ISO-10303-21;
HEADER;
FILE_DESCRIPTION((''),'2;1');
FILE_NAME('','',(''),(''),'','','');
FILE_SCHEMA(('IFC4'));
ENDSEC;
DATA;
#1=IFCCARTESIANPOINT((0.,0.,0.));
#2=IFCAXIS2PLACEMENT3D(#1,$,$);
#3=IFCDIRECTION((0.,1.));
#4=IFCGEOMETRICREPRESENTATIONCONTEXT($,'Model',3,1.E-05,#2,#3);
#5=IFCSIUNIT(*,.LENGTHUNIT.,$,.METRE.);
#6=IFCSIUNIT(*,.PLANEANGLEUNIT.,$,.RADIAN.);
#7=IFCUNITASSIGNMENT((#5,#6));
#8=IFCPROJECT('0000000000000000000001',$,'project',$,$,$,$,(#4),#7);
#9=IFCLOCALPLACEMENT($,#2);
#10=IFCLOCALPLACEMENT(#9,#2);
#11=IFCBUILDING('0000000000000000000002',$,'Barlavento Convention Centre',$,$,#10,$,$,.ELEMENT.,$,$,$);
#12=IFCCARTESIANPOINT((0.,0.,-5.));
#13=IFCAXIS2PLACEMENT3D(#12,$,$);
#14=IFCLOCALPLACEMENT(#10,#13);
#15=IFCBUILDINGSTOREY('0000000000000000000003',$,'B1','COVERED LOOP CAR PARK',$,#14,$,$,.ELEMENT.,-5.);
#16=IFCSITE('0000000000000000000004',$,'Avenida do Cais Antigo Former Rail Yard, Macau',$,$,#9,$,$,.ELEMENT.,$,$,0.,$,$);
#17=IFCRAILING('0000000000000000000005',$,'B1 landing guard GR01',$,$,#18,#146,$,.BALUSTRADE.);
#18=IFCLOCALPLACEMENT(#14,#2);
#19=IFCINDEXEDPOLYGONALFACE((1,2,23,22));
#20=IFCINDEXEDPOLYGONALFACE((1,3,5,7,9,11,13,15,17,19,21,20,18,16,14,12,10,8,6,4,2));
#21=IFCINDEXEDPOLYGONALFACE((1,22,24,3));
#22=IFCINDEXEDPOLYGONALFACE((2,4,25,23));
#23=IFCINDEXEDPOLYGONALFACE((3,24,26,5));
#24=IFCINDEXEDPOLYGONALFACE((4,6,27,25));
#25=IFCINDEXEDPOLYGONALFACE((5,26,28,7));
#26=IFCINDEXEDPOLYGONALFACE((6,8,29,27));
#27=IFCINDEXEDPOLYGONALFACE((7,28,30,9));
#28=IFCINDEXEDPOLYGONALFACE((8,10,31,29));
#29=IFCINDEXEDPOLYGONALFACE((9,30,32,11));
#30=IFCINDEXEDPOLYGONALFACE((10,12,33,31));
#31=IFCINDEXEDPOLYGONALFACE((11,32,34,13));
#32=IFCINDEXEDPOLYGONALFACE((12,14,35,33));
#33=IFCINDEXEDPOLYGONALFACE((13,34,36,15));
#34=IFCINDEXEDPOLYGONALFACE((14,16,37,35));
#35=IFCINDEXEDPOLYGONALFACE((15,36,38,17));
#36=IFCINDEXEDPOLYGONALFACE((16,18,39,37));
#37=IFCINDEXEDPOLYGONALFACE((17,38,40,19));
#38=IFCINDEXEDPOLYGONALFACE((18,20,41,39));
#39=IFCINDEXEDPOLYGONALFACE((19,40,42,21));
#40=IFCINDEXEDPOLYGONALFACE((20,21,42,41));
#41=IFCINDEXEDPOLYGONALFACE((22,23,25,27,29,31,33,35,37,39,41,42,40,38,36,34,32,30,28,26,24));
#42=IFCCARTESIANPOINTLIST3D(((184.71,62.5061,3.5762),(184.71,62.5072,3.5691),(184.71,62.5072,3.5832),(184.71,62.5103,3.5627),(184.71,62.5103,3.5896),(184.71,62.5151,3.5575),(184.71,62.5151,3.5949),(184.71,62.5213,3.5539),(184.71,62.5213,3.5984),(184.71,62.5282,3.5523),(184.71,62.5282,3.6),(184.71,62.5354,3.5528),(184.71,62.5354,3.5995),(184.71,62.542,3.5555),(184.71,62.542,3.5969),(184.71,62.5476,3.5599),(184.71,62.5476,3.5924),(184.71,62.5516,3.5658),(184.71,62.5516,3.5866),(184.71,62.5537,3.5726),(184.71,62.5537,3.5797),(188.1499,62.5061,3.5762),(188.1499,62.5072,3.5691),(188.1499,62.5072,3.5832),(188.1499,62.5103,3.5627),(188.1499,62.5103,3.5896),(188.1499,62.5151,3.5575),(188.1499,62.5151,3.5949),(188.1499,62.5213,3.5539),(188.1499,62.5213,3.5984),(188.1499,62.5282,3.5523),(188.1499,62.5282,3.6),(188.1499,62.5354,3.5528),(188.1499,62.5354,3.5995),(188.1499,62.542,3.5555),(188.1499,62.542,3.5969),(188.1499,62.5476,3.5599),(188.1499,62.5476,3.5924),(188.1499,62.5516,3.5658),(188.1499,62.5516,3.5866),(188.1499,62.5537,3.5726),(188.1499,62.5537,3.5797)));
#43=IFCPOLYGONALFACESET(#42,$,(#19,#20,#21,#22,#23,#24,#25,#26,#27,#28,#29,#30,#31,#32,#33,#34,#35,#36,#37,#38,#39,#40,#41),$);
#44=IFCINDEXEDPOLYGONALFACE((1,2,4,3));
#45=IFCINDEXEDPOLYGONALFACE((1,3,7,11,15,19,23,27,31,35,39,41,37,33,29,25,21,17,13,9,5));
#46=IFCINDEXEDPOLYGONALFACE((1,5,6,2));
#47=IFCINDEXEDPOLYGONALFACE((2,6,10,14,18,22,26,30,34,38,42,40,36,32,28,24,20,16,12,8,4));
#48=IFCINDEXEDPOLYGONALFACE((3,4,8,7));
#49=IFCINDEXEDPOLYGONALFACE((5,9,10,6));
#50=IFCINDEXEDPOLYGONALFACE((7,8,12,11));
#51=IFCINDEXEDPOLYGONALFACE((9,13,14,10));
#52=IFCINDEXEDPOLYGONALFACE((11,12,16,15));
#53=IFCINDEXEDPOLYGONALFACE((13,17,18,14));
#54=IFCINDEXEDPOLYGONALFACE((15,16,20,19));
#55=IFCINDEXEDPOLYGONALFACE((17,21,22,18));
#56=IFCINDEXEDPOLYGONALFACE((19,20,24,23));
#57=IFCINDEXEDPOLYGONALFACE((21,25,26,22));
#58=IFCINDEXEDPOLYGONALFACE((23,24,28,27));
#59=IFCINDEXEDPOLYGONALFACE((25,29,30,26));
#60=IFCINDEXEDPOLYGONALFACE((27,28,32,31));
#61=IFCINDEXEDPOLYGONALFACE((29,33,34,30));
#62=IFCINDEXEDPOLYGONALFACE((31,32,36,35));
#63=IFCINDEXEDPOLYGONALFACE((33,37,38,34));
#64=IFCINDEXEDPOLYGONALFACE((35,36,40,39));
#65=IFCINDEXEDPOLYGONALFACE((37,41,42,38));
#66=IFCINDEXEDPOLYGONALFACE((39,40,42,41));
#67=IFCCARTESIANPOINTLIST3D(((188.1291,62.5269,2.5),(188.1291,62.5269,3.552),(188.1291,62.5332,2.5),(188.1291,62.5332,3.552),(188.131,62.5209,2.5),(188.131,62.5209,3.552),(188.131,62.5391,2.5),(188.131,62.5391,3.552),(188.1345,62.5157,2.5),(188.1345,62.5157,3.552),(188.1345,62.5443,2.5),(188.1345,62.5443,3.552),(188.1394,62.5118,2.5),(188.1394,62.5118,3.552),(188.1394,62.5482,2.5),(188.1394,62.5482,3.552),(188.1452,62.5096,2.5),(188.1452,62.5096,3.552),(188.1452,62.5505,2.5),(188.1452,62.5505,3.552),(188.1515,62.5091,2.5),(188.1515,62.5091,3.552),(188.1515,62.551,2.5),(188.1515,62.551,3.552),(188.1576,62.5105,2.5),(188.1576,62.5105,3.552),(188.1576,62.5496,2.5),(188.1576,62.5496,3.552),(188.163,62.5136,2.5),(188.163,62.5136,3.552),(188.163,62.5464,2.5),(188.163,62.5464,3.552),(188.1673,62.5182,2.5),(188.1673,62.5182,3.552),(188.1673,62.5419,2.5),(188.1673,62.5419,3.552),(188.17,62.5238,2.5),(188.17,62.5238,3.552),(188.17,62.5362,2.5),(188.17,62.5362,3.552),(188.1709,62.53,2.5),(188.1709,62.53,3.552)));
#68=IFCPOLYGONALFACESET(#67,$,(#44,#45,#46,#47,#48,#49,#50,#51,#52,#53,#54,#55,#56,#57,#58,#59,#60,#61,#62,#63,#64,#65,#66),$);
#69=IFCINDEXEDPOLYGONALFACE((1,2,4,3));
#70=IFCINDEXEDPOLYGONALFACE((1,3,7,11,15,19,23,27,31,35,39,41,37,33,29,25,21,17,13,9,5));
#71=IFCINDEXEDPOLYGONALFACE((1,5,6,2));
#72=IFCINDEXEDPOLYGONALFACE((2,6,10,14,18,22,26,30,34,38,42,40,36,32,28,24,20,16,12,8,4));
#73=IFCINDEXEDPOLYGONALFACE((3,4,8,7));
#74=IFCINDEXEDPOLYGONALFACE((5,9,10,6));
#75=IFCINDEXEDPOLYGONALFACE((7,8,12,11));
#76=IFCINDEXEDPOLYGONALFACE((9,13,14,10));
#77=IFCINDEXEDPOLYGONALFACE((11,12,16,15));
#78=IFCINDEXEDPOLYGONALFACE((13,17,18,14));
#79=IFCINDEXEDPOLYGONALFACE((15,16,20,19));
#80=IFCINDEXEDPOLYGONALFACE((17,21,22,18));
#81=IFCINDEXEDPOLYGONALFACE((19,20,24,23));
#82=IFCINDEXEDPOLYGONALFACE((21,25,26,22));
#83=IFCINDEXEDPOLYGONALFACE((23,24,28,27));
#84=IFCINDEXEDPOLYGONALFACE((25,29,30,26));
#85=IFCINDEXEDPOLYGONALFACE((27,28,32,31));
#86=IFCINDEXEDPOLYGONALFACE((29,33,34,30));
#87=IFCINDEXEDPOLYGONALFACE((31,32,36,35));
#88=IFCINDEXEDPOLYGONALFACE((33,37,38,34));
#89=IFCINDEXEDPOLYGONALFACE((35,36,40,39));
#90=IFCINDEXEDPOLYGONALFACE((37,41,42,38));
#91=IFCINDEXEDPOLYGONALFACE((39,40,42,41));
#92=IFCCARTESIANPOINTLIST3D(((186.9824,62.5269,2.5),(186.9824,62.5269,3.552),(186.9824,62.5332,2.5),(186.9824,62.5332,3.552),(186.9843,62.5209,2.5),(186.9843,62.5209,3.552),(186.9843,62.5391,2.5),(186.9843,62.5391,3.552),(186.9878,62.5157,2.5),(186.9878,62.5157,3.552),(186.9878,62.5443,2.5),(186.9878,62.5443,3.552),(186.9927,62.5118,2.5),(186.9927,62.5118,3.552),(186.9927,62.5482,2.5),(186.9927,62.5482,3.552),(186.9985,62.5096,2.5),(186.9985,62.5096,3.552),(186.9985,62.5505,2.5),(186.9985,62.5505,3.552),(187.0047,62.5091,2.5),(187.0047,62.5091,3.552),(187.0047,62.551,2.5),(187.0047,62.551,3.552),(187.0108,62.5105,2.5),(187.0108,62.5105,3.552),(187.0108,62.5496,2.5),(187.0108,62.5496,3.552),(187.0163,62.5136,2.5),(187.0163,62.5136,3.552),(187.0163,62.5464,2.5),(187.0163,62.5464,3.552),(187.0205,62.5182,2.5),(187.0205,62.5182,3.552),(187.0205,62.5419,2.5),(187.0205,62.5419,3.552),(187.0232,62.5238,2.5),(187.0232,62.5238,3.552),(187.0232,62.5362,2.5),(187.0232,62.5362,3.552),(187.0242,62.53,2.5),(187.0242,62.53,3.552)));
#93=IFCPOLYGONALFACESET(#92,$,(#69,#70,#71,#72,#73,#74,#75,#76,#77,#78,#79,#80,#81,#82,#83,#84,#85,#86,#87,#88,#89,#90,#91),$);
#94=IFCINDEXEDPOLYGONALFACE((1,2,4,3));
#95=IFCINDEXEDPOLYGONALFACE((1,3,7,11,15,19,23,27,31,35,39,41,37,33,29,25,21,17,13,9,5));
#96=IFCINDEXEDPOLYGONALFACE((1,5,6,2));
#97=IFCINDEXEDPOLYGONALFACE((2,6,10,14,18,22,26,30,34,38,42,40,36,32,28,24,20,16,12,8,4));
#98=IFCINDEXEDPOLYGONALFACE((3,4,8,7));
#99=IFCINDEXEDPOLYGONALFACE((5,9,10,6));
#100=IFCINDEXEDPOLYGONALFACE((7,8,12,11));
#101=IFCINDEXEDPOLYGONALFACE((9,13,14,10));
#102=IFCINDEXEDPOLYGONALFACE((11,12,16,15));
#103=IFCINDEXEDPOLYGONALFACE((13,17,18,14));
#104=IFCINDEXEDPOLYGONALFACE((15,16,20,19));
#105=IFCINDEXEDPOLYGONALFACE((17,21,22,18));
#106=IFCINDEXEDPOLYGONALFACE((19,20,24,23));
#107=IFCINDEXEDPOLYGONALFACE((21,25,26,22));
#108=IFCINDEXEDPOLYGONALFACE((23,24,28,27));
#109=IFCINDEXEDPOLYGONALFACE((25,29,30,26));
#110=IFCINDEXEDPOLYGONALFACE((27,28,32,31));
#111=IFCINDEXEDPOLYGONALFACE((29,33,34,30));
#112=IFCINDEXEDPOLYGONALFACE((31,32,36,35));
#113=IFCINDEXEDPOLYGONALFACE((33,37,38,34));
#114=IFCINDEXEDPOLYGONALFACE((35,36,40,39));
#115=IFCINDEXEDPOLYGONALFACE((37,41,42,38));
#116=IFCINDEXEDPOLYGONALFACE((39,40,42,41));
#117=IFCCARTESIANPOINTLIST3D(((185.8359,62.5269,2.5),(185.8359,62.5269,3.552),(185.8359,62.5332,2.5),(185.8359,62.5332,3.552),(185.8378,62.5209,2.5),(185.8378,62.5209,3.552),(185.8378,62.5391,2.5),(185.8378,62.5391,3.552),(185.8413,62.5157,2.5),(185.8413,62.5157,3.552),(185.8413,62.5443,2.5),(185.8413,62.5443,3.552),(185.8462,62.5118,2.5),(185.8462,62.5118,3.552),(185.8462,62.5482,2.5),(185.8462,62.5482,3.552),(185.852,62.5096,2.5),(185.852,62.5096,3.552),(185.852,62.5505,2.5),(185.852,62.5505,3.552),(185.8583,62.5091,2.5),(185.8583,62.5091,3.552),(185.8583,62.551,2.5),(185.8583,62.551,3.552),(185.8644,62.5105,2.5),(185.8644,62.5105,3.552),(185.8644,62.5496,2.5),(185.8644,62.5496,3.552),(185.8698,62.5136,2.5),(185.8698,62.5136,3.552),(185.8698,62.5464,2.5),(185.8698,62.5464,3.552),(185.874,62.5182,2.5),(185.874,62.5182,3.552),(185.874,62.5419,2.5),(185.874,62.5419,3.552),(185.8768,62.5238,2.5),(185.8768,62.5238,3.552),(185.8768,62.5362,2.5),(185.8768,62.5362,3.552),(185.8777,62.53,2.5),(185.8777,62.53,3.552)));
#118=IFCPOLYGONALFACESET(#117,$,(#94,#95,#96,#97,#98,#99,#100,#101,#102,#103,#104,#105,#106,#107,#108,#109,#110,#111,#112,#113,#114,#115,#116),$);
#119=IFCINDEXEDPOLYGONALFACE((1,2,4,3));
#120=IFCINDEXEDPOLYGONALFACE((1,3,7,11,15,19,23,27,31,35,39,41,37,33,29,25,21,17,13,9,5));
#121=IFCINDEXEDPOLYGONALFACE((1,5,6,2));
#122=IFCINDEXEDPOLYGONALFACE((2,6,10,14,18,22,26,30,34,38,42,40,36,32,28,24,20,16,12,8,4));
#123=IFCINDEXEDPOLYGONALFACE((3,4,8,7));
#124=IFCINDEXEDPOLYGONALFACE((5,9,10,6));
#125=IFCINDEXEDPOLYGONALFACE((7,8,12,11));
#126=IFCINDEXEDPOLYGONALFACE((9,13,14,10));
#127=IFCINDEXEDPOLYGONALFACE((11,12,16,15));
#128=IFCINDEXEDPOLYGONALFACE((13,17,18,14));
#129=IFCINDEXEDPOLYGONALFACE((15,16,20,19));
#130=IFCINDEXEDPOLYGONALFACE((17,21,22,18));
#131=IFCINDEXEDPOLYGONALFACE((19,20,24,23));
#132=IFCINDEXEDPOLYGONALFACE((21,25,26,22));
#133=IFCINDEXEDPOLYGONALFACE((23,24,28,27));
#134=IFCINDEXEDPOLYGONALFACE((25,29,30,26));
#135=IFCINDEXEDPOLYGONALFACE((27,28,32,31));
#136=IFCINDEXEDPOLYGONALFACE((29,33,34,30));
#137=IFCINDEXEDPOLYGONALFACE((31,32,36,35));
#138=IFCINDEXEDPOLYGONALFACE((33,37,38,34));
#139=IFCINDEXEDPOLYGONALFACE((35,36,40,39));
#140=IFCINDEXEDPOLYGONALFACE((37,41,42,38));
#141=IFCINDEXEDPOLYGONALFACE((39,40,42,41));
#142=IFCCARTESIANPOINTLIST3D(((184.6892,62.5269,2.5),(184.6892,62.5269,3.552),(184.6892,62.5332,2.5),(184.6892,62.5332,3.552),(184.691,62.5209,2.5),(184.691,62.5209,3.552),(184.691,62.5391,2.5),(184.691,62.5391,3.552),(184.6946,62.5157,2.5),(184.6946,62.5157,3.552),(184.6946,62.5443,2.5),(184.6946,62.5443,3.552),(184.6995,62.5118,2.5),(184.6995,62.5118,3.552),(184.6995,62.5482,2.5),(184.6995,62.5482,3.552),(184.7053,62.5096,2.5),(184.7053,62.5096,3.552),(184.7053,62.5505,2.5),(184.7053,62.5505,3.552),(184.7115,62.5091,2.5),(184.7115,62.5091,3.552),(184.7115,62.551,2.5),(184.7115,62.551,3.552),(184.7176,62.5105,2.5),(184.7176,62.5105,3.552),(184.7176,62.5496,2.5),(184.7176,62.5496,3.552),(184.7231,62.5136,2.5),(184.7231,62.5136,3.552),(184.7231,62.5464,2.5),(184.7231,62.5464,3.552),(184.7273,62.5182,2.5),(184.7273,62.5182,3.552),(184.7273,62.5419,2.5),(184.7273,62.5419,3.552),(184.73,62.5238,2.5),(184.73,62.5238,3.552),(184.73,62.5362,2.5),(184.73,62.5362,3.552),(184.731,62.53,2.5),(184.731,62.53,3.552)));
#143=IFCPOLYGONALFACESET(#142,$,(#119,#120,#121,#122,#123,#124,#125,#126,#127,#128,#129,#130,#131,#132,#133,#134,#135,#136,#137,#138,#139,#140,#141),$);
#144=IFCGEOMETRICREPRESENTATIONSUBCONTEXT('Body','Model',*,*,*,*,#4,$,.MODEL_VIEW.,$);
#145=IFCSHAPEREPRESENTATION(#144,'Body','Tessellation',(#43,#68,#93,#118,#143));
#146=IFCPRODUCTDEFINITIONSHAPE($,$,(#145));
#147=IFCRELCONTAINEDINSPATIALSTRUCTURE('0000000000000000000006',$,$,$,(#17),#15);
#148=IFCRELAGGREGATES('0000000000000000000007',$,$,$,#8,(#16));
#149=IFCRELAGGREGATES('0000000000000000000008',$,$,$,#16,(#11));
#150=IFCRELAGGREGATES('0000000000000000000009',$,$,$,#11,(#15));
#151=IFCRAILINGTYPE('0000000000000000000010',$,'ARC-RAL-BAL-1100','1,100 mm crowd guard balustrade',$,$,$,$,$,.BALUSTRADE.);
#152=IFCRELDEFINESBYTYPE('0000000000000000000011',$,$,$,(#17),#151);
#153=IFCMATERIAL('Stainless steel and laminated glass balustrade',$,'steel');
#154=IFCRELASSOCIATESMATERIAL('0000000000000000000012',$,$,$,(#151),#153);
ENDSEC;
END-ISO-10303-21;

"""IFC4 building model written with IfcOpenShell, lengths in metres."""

from ifc_helpers import new_model, si_unit, direction, frame, origin, origin_2d, place, context, subcontext, project, spatial, circle, extrude, material, type_object, element, save


model = new_model("IFC4")

# Units and contexts
model_context = context("Model", 3, precision=1e-05, world=origin(), true_north=direction((0.0, 1.0)))
body_context = subcontext(model_context, "Body", "Model", "MODEL_VIEW")
ifc_project = project(units=[si_unit("LENGTHUNIT", "METRE"), si_unit("PLANEANGLEUNIT", "RADIAN")], contexts=[model_context])

# Site, building, storey
site_placement = place(None, origin())
site = spatial("IfcSite", under=ifc_project, at=site_placement, Name="Avenida do Cais Antigo Former Rail Yard, Macau", CompositionType="ELEMENT", RefElevation=0.0)
building_placement = place(site_placement, origin())
building = spatial("IfcBuilding", under=site, at=building_placement, Name="Barlavento Convention Centre", CompositionType="ELEMENT")
storey_placement = place(building_placement, frame((0.0, 0.0, -5.0)))
storey = spatial("IfcBuildingStorey", under=building, at=storey_placement, Name="B1", Description="COVERED LOOP CAR PARK", CompositionType="ELEMENT", Elevation=-5.0)

# Railing
ifc_material_1 = material(Name="Stainless steel and laminated glass balustrade", Category="steel")
railing_type_1 = type_object("IfcRailingType", Name="ARC-RAL-BAL-1100", Description="1,100 mm crowd guard balustrade", PredefinedType="BALUSTRADE", material=ifc_material_1)
railing_1_placement = place(storey_placement, frame((188.1499, 62.53, 2.5)))
element("IfcRailing", 1, at=railing_1_placement, inside=storey, type_object=railing_type_1, Name="B1 landing guard GR01", PredefinedType="BALUSTRADE", context=body_context, shape_type="SweptSolid", body=[
    extrude(circle(Radius=0.0239, at=origin_2d()), frame((0.0, 0.0, 1.0762), z_axis=(-1.0, 0.0, 0.0), x_axis=(0.0, -1.0, 0.0)), (0.0, 0.0, 1.0), 3.4399),
    extrude(circle(Radius=0.021, at=origin_2d()), origin(), (0.0, 0.0, 1.0), 1.052),
    extrude(circle(Radius=0.021, at=origin_2d()), frame((-1.1467, 0.0, 0.0)), (0.0, 0.0, 1.0), 1.052),
    extrude(circle(Radius=0.021, at=origin_2d()), frame((-2.2932, 0.0, 0.0)), (0.0, 0.0, 1.0), 1.052),
    extrude(circle(Radius=0.021, at=origin_2d()), frame((-3.4399, 0.0, 0.0)), (0.0, 0.0, 1.0), 1.052),
])

save(model, "model.ifc")
